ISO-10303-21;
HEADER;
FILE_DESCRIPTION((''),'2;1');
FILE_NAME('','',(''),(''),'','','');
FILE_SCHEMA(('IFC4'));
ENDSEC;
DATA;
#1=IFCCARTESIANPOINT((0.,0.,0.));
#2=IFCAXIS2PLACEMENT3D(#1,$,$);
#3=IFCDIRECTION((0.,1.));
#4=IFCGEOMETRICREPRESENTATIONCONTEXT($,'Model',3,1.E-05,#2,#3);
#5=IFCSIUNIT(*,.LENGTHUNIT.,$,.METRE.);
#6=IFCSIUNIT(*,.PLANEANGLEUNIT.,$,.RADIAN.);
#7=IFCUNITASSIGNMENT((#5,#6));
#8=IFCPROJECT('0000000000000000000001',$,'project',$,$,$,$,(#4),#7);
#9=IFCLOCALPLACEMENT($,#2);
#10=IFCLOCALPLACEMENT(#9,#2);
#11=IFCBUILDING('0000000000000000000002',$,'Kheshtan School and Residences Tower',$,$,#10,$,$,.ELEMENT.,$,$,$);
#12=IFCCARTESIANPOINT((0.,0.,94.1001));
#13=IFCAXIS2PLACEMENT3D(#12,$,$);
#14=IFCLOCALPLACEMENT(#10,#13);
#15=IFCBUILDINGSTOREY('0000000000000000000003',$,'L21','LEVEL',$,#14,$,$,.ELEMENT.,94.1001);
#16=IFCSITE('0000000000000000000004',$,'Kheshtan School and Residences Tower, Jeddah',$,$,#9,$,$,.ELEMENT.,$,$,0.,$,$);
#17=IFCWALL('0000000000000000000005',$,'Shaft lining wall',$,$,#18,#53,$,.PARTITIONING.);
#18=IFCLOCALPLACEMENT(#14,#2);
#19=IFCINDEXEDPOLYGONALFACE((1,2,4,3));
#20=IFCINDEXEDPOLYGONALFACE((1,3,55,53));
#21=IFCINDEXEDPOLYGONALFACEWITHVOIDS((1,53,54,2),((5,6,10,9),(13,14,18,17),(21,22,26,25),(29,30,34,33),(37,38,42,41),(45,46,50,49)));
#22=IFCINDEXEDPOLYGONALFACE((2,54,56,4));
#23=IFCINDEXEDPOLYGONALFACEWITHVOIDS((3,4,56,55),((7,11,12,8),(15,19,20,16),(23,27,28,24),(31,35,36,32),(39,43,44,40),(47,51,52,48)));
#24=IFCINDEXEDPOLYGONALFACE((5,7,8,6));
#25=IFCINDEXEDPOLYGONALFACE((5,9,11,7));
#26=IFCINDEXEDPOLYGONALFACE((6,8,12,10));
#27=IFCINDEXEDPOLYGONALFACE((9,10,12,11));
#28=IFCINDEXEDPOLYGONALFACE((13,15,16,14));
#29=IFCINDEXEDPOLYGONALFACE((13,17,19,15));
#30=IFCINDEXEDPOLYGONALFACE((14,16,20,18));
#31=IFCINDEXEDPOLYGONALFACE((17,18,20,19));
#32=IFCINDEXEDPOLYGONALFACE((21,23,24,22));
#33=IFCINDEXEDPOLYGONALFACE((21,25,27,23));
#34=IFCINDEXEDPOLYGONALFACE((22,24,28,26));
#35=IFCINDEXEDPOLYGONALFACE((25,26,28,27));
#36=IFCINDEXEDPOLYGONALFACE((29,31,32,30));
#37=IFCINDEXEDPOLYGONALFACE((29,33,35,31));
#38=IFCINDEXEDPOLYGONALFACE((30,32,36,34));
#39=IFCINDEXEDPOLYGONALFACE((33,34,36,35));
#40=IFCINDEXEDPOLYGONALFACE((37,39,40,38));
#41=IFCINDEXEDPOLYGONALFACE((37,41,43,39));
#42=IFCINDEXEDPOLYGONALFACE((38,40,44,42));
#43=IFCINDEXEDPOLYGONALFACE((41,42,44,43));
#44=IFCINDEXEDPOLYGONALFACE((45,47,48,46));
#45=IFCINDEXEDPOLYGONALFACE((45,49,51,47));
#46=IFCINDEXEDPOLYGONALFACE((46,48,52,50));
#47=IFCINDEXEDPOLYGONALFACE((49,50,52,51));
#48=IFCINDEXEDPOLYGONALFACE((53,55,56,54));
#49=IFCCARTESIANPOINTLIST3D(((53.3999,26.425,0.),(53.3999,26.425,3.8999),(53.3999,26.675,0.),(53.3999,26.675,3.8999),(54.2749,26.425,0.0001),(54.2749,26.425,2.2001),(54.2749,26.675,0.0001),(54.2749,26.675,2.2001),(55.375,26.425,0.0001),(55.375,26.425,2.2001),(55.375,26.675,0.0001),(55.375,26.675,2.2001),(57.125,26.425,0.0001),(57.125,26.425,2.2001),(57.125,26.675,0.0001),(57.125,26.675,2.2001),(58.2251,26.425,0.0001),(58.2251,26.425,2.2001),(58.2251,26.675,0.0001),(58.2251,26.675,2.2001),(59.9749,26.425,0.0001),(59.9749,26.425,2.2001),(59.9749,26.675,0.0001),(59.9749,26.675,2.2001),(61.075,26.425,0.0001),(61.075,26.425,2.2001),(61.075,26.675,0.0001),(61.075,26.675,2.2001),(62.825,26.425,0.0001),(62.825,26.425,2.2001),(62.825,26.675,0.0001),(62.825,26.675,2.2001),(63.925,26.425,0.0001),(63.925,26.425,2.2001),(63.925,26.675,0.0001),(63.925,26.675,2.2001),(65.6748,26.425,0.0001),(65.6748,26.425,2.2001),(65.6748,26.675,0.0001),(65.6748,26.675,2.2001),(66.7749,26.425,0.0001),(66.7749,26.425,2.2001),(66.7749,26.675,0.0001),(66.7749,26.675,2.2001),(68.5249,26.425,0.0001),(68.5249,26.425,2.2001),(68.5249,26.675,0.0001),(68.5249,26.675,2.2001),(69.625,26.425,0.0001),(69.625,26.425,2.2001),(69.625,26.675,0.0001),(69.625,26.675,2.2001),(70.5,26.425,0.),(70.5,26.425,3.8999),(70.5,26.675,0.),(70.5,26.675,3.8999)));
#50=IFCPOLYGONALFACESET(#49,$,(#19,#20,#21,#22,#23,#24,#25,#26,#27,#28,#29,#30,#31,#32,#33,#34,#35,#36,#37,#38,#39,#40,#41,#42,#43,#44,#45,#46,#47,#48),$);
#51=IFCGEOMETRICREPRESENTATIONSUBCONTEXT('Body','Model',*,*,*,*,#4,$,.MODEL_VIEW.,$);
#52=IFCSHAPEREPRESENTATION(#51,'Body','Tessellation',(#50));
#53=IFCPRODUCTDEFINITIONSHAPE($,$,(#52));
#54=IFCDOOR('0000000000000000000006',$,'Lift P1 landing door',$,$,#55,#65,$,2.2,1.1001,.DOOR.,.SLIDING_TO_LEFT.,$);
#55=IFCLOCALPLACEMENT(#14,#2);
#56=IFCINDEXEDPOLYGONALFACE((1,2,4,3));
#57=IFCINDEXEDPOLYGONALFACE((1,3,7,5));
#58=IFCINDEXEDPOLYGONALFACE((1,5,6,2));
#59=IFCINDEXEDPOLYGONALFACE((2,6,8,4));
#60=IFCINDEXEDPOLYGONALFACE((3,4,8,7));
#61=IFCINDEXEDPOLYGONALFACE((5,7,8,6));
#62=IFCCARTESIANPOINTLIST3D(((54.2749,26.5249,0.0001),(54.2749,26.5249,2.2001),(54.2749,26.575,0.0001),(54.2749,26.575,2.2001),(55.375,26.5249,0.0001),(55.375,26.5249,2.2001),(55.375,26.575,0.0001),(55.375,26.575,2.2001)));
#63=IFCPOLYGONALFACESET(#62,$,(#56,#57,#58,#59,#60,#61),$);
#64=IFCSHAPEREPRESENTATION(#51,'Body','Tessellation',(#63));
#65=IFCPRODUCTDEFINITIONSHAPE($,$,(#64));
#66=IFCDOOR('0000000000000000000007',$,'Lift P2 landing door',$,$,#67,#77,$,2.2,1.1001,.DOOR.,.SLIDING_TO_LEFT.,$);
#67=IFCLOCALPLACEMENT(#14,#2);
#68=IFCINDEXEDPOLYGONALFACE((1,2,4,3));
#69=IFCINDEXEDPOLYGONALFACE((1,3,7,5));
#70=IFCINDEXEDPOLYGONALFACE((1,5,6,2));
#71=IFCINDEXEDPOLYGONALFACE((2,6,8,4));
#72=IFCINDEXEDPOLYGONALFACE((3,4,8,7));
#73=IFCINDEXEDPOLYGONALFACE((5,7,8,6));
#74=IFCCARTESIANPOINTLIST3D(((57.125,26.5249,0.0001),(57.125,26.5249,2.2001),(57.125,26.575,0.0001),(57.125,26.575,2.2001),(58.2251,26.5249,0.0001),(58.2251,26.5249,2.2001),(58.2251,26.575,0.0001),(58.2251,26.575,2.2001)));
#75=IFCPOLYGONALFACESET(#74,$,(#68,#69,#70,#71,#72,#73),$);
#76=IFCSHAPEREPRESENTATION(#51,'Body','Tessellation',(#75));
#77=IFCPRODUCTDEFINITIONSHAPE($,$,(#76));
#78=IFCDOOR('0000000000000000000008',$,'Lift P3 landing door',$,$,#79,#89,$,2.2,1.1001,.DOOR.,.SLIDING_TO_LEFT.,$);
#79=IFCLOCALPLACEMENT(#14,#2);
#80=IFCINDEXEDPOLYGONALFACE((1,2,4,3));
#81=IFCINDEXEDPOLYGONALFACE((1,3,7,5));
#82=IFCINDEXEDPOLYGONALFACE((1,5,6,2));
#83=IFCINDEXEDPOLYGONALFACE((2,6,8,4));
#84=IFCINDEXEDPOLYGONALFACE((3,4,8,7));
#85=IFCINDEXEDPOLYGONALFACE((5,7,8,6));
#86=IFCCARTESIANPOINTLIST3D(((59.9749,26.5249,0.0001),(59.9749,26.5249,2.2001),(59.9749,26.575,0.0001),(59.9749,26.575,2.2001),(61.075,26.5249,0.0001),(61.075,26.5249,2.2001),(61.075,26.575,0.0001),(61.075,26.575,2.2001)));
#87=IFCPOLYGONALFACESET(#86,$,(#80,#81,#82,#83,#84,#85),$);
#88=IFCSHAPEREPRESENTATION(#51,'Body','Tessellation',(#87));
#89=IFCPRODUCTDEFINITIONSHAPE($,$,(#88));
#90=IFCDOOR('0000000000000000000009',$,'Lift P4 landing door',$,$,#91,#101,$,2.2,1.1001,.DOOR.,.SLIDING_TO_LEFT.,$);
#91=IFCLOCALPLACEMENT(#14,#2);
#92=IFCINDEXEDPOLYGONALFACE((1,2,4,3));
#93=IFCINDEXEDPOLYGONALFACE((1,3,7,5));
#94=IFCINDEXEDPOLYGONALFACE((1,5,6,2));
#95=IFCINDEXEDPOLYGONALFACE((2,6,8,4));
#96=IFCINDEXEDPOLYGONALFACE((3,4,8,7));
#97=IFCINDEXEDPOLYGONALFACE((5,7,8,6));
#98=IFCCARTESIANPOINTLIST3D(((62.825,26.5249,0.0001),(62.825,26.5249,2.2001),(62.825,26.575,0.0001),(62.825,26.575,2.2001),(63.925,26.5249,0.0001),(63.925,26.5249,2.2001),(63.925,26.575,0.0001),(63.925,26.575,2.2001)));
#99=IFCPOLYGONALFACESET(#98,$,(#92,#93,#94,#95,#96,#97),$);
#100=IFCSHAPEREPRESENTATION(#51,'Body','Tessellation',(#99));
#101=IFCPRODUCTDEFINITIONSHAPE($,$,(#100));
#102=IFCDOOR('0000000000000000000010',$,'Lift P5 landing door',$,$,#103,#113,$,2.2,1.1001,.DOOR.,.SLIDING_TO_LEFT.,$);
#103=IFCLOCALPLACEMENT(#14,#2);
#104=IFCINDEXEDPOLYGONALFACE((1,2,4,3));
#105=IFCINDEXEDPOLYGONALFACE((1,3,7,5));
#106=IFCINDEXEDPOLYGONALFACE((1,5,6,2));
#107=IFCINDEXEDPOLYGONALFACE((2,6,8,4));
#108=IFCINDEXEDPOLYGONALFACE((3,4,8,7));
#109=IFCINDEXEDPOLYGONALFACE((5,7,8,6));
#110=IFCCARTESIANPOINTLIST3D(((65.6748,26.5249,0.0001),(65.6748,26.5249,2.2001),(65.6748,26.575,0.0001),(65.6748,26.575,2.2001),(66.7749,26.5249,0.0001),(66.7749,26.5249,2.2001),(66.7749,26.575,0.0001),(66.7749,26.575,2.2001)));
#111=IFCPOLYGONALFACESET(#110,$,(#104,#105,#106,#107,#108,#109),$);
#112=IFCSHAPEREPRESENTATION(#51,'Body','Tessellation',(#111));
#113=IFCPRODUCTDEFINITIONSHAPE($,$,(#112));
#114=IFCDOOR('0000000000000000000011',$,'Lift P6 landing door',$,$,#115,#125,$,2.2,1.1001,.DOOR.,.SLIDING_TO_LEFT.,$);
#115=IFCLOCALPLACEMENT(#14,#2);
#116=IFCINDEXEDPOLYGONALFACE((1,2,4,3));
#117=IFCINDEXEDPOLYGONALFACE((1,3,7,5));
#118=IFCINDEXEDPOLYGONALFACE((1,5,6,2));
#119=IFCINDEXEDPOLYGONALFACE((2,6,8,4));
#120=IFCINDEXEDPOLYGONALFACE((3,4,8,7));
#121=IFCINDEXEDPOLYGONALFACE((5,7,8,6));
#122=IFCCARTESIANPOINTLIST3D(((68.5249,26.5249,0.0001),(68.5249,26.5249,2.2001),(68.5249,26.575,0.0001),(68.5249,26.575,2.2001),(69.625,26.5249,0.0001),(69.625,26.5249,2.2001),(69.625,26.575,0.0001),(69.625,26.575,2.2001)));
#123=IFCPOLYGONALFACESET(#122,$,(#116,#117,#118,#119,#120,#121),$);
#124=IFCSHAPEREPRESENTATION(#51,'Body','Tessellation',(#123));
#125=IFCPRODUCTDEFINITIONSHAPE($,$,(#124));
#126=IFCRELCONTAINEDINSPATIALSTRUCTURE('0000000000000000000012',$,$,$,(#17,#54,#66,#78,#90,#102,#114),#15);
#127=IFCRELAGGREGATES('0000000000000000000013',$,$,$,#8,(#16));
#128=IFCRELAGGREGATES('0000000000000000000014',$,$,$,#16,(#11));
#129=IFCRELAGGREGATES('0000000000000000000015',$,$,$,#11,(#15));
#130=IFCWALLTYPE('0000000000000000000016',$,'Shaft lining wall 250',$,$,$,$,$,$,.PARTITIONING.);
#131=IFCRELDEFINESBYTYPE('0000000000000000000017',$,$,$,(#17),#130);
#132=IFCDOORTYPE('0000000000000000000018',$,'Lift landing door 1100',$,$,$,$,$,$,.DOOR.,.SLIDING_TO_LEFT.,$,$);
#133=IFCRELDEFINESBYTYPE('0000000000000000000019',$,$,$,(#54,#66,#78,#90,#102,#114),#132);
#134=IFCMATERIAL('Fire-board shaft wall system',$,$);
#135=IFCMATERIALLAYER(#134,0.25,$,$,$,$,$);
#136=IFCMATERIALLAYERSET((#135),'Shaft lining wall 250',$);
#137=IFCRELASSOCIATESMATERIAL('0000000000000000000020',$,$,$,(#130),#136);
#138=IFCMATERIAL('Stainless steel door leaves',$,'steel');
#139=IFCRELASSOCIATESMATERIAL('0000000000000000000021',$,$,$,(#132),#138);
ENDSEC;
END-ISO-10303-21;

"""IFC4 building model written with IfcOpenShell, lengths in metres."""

from ifc_helpers import new_model, si_unit, direction, frame, frame_2d, origin, place, context, subcontext, project, spatial, rectangle, extrude, source, transform, mapped, material, layer, layer_set, type_object, element, fill, save


model = new_model("IFC4")

# Units and contexts
model_context = context("Model", 3, precision=1e-05, world=origin(), true_north=direction((0.0, 1.0)))
body_context = subcontext(model_context, "Body", "Model", "MODEL_VIEW")
ifc_project = project(units=[si_unit("LENGTHUNIT", "METRE"), si_unit("PLANEANGLEUNIT", "RADIAN")], contexts=[model_context])

# Site, building, storey
site_placement = place(None, origin())
site = spatial("IfcSite", under=ifc_project, at=site_placement, Name="Kheshtan School and Residences Tower, Jeddah", CompositionType="ELEMENT", RefElevation=0.0)
building_placement = place(site_placement, origin())
building = spatial("IfcBuilding", under=site, at=building_placement, Name="Kheshtan School and Residences Tower", CompositionType="ELEMENT")
storey_placement = place(building_placement, frame((0.0, 0.0, 94.1001)))
storey = spatial("IfcBuildingStorey", under=building, at=storey_placement, Name="L21", Description="LEVEL", CompositionType="ELEMENT", Elevation=94.1001)

# Shared definitions
ifc_material_1 = material(Name="Fire-board shaft wall system")
ifc_layer_1 = layer(ifc_material_1, 0.25)
ifc_layer_set_1 = layer_set([ifc_layer_1], Name="Shaft lining wall 250")
wall_type_1 = type_object("IfcWallType", Name="Shaft lining wall 250", PredefinedType="PARTITIONING", material=ifc_layer_set_1)

# Wall, openings, doors
wall_1_placement = place(storey_placement, frame((53.3999, 26.55, 0.0), z_axis=(0.0, 0.0, 1.0), x_axis=(1.0, 0.0, 0.0)))
wall_1 = element("IfcWall", 1, at=wall_1_placement, inside=storey, type_object=wall_type_1, Name="Shaft lining wall", PredefinedType="PARTITIONING", context=body_context, shape_type="SweptSolid", body=[
    extrude(rectangle(XDim=17.1001, YDim=0.25, at=frame_2d((8.55, 0.0))), origin(), (0.0, 0.0, 1.0), 3.8999),
])
opening_1_placement = place(wall_1_placement, frame((0.875, 0.0, 0.0)))
opening_1 = element("IfcOpeningElement", 2, at=opening_1_placement, cuts=wall_1, PredefinedType="OPENING", context=body_context, shape_type="SweptSolid", body=[
    extrude(rectangle(XDim=1.1001, YDim=2.2, at=frame_2d((0.55, 1.1001))), frame((0.0, 0.135, 0.0), z_axis=(0.0, -1.0, 0.0), x_axis=(1.0, 0.0, 0.0)), (0.0, 0.0, 1.0), 0.27),
])
opening_2_placement = place(wall_1_placement, frame((3.7251, 0.0, 0.0)))
opening_2 = element("IfcOpeningElement", 3, at=opening_2_placement, cuts=wall_1, PredefinedType="OPENING", context=body_context, shape_type="SweptSolid", body=[
    extrude(rectangle(XDim=1.1001, YDim=2.2, at=frame_2d((0.55, 1.1001))), frame((0.0, 0.135, 0.0), z_axis=(0.0, -1.0, 0.0), x_axis=(1.0, 0.0, 0.0)), (0.0, 0.0, 1.0), 0.27),
])
opening_3_placement = place(wall_1_placement, frame((6.575, 0.0, 0.0)))
opening_3 = element("IfcOpeningElement", 4, at=opening_3_placement, cuts=wall_1, PredefinedType="OPENING", context=body_context, shape_type="SweptSolid", body=[
    extrude(rectangle(XDim=1.1001, YDim=2.2, at=frame_2d((0.55, 1.1001))), frame((0.0, 0.135, 0.0), z_axis=(0.0, -1.0, 0.0), x_axis=(1.0, 0.0, 0.0)), (0.0, 0.0, 1.0), 0.27),
])
opening_4_placement = place(wall_1_placement, frame((9.425, 0.0, 0.0)))
opening_4 = element("IfcOpeningElement", 5, at=opening_4_placement, cuts=wall_1, PredefinedType="OPENING", context=body_context, shape_type="SweptSolid", body=[
    extrude(rectangle(XDim=1.1001, YDim=2.2, at=frame_2d((0.55, 1.1001))), frame((0.0, 0.135, 0.0), z_axis=(0.0, -1.0, 0.0), x_axis=(1.0, 0.0, 0.0)), (0.0, 0.0, 1.0), 0.27),
])
opening_5_placement = place(wall_1_placement, frame((12.2749, 0.0, 0.0)))
opening_5 = element("IfcOpeningElement", 6, at=opening_5_placement, cuts=wall_1, PredefinedType="OPENING", context=body_context, shape_type="SweptSolid", body=[
    extrude(rectangle(XDim=1.1001, YDim=2.2, at=frame_2d((0.55, 1.1001))), frame((0.0, 0.135, 0.0), z_axis=(0.0, -1.0, 0.0), x_axis=(1.0, 0.0, 0.0)), (0.0, 0.0, 1.0), 0.27),
])
opening_6_placement = place(wall_1_placement, frame((15.125, 0.0, 0.0)))
opening_6 = element("IfcOpeningElement", 7, at=opening_6_placement, cuts=wall_1, PredefinedType="OPENING", context=body_context, shape_type="SweptSolid", body=[
    extrude(rectangle(XDim=1.1001, YDim=2.2, at=frame_2d((0.55, 1.1001))), frame((0.0, 0.135, 0.0), z_axis=(0.0, -1.0, 0.0), x_axis=(1.0, 0.0, 0.0)), (0.0, 0.0, 1.0), 0.27),
])
ifc_material_2 = material(Name="Stainless steel door leaves", Category="steel")
door_type = type_object("IfcDoorType", Name="Lift landing door 1100", OperationType="SLIDING_TO_LEFT", PredefinedType="DOOR", material=ifc_material_2)
shared_shape = source(origin(), body_context, "Body", "SweptSolid", [
    extrude(rectangle(XDim=1.1001, YDim=2.2, at=frame_2d((0.55, 1.1001))), frame((0.0, 0.0249, 0.0), z_axis=(0.0, -1.0, 0.0), x_axis=(1.0, 0.0, 0.0)), (0.0, 0.0, 1.0), 0.05),
])
door_1_placement = place(opening_1_placement, origin())
door_1 = element("IfcDoor", 8, at=door_1_placement, inside=storey, type_object=door_type, Name="Lift P1 landing door", OperationType="SLIDING_TO_LEFT", OverallHeight=2.2, OverallWidth=1.1001, PredefinedType="DOOR", context=body_context, shape_type="MappedRepresentation", body=[
    mapped(shared_shape, transform((0.0, 0.0, 0.0), x_axis=(1.0, 0.0, 0.0), y_axis=(0.0, 1.0, 0.0), z_axis=(0.0, 0.0, 1.0), scale=1.0)),
])
fill(opening_1, door_1)
door_2_placement = place(opening_2_placement, origin())
door_2 = element("IfcDoor", 9, at=door_2_placement, inside=storey, type_object=door_type, Name="Lift P2 landing door", OperationType="SLIDING_TO_LEFT", OverallHeight=2.2, OverallWidth=1.1001, PredefinedType="DOOR", context=body_context, shape_type="MappedRepresentation", body=[
    mapped(shared_shape, transform((0.0, 0.0, 0.0), x_axis=(1.0, 0.0, 0.0), y_axis=(0.0, 1.0, 0.0), z_axis=(0.0, 0.0, 1.0), scale=1.0)),
])
fill(opening_2, door_2)
door_3_placement = place(opening_3_placement, origin())
door_3 = element("IfcDoor", 10, at=door_3_placement, inside=storey, type_object=door_type, Name="Lift P3 landing door", OperationType="SLIDING_TO_LEFT", OverallHeight=2.2, OverallWidth=1.1001, PredefinedType="DOOR", context=body_context, shape_type="MappedRepresentation", body=[
    mapped(shared_shape, transform((0.0, 0.0, 0.0), x_axis=(1.0, 0.0, 0.0), y_axis=(0.0, 1.0, 0.0), z_axis=(0.0, 0.0, 1.0), scale=1.0)),
])
fill(opening_3, door_3)
door_4_placement = place(opening_4_placement, origin())
door_4 = element("IfcDoor", 11, at=door_4_placement, inside=storey, type_object=door_type, Name="Lift P4 landing door", OperationType="SLIDING_TO_LEFT", OverallHeight=2.2, OverallWidth=1.1001, PredefinedType="DOOR", context=body_context, shape_type="MappedRepresentation", body=[
    mapped(shared_shape, transform((0.0, 0.0, 0.0), x_axis=(1.0, 0.0, 0.0), y_axis=(0.0, 1.0, 0.0), z_axis=(0.0, 0.0, 1.0), scale=1.0)),
])
fill(opening_4, door_4)
door_5_placement = place(opening_5_placement, origin())
door_5 = element("IfcDoor", 12, at=door_5_placement, inside=storey, type_object=door_type, Name="Lift P5 landing door", OperationType="SLIDING_TO_LEFT", OverallHeight=2.2, OverallWidth=1.1001, PredefinedType="DOOR", context=body_context, shape_type="MappedRepresentation", body=[
    mapped(shared_shape, transform((0.0, 0.0, 0.0), x_axis=(1.0, 0.0, 0.0), y_axis=(0.0, 1.0, 0.0), z_axis=(0.0, 0.0, 1.0), scale=1.0)),
])
fill(opening_5, door_5)
door_6_placement = place(opening_6_placement, origin())
door_6 = element("IfcDoor", 13, at=door_6_placement, inside=storey, type_object=door_type, Name="Lift P6 landing door", OperationType="SLIDING_TO_LEFT", OverallHeight=2.2, OverallWidth=1.1001, PredefinedType="DOOR", context=body_context, shape_type="MappedRepresentation", body=[
    mapped(shared_shape, transform((0.0, 0.0, 0.0), x_axis=(1.0, 0.0, 0.0), y_axis=(0.0, 1.0, 0.0), z_axis=(0.0, 0.0, 1.0), scale=1.0)),
])
fill(opening_6, door_6)

save(model, "model.ifc")
